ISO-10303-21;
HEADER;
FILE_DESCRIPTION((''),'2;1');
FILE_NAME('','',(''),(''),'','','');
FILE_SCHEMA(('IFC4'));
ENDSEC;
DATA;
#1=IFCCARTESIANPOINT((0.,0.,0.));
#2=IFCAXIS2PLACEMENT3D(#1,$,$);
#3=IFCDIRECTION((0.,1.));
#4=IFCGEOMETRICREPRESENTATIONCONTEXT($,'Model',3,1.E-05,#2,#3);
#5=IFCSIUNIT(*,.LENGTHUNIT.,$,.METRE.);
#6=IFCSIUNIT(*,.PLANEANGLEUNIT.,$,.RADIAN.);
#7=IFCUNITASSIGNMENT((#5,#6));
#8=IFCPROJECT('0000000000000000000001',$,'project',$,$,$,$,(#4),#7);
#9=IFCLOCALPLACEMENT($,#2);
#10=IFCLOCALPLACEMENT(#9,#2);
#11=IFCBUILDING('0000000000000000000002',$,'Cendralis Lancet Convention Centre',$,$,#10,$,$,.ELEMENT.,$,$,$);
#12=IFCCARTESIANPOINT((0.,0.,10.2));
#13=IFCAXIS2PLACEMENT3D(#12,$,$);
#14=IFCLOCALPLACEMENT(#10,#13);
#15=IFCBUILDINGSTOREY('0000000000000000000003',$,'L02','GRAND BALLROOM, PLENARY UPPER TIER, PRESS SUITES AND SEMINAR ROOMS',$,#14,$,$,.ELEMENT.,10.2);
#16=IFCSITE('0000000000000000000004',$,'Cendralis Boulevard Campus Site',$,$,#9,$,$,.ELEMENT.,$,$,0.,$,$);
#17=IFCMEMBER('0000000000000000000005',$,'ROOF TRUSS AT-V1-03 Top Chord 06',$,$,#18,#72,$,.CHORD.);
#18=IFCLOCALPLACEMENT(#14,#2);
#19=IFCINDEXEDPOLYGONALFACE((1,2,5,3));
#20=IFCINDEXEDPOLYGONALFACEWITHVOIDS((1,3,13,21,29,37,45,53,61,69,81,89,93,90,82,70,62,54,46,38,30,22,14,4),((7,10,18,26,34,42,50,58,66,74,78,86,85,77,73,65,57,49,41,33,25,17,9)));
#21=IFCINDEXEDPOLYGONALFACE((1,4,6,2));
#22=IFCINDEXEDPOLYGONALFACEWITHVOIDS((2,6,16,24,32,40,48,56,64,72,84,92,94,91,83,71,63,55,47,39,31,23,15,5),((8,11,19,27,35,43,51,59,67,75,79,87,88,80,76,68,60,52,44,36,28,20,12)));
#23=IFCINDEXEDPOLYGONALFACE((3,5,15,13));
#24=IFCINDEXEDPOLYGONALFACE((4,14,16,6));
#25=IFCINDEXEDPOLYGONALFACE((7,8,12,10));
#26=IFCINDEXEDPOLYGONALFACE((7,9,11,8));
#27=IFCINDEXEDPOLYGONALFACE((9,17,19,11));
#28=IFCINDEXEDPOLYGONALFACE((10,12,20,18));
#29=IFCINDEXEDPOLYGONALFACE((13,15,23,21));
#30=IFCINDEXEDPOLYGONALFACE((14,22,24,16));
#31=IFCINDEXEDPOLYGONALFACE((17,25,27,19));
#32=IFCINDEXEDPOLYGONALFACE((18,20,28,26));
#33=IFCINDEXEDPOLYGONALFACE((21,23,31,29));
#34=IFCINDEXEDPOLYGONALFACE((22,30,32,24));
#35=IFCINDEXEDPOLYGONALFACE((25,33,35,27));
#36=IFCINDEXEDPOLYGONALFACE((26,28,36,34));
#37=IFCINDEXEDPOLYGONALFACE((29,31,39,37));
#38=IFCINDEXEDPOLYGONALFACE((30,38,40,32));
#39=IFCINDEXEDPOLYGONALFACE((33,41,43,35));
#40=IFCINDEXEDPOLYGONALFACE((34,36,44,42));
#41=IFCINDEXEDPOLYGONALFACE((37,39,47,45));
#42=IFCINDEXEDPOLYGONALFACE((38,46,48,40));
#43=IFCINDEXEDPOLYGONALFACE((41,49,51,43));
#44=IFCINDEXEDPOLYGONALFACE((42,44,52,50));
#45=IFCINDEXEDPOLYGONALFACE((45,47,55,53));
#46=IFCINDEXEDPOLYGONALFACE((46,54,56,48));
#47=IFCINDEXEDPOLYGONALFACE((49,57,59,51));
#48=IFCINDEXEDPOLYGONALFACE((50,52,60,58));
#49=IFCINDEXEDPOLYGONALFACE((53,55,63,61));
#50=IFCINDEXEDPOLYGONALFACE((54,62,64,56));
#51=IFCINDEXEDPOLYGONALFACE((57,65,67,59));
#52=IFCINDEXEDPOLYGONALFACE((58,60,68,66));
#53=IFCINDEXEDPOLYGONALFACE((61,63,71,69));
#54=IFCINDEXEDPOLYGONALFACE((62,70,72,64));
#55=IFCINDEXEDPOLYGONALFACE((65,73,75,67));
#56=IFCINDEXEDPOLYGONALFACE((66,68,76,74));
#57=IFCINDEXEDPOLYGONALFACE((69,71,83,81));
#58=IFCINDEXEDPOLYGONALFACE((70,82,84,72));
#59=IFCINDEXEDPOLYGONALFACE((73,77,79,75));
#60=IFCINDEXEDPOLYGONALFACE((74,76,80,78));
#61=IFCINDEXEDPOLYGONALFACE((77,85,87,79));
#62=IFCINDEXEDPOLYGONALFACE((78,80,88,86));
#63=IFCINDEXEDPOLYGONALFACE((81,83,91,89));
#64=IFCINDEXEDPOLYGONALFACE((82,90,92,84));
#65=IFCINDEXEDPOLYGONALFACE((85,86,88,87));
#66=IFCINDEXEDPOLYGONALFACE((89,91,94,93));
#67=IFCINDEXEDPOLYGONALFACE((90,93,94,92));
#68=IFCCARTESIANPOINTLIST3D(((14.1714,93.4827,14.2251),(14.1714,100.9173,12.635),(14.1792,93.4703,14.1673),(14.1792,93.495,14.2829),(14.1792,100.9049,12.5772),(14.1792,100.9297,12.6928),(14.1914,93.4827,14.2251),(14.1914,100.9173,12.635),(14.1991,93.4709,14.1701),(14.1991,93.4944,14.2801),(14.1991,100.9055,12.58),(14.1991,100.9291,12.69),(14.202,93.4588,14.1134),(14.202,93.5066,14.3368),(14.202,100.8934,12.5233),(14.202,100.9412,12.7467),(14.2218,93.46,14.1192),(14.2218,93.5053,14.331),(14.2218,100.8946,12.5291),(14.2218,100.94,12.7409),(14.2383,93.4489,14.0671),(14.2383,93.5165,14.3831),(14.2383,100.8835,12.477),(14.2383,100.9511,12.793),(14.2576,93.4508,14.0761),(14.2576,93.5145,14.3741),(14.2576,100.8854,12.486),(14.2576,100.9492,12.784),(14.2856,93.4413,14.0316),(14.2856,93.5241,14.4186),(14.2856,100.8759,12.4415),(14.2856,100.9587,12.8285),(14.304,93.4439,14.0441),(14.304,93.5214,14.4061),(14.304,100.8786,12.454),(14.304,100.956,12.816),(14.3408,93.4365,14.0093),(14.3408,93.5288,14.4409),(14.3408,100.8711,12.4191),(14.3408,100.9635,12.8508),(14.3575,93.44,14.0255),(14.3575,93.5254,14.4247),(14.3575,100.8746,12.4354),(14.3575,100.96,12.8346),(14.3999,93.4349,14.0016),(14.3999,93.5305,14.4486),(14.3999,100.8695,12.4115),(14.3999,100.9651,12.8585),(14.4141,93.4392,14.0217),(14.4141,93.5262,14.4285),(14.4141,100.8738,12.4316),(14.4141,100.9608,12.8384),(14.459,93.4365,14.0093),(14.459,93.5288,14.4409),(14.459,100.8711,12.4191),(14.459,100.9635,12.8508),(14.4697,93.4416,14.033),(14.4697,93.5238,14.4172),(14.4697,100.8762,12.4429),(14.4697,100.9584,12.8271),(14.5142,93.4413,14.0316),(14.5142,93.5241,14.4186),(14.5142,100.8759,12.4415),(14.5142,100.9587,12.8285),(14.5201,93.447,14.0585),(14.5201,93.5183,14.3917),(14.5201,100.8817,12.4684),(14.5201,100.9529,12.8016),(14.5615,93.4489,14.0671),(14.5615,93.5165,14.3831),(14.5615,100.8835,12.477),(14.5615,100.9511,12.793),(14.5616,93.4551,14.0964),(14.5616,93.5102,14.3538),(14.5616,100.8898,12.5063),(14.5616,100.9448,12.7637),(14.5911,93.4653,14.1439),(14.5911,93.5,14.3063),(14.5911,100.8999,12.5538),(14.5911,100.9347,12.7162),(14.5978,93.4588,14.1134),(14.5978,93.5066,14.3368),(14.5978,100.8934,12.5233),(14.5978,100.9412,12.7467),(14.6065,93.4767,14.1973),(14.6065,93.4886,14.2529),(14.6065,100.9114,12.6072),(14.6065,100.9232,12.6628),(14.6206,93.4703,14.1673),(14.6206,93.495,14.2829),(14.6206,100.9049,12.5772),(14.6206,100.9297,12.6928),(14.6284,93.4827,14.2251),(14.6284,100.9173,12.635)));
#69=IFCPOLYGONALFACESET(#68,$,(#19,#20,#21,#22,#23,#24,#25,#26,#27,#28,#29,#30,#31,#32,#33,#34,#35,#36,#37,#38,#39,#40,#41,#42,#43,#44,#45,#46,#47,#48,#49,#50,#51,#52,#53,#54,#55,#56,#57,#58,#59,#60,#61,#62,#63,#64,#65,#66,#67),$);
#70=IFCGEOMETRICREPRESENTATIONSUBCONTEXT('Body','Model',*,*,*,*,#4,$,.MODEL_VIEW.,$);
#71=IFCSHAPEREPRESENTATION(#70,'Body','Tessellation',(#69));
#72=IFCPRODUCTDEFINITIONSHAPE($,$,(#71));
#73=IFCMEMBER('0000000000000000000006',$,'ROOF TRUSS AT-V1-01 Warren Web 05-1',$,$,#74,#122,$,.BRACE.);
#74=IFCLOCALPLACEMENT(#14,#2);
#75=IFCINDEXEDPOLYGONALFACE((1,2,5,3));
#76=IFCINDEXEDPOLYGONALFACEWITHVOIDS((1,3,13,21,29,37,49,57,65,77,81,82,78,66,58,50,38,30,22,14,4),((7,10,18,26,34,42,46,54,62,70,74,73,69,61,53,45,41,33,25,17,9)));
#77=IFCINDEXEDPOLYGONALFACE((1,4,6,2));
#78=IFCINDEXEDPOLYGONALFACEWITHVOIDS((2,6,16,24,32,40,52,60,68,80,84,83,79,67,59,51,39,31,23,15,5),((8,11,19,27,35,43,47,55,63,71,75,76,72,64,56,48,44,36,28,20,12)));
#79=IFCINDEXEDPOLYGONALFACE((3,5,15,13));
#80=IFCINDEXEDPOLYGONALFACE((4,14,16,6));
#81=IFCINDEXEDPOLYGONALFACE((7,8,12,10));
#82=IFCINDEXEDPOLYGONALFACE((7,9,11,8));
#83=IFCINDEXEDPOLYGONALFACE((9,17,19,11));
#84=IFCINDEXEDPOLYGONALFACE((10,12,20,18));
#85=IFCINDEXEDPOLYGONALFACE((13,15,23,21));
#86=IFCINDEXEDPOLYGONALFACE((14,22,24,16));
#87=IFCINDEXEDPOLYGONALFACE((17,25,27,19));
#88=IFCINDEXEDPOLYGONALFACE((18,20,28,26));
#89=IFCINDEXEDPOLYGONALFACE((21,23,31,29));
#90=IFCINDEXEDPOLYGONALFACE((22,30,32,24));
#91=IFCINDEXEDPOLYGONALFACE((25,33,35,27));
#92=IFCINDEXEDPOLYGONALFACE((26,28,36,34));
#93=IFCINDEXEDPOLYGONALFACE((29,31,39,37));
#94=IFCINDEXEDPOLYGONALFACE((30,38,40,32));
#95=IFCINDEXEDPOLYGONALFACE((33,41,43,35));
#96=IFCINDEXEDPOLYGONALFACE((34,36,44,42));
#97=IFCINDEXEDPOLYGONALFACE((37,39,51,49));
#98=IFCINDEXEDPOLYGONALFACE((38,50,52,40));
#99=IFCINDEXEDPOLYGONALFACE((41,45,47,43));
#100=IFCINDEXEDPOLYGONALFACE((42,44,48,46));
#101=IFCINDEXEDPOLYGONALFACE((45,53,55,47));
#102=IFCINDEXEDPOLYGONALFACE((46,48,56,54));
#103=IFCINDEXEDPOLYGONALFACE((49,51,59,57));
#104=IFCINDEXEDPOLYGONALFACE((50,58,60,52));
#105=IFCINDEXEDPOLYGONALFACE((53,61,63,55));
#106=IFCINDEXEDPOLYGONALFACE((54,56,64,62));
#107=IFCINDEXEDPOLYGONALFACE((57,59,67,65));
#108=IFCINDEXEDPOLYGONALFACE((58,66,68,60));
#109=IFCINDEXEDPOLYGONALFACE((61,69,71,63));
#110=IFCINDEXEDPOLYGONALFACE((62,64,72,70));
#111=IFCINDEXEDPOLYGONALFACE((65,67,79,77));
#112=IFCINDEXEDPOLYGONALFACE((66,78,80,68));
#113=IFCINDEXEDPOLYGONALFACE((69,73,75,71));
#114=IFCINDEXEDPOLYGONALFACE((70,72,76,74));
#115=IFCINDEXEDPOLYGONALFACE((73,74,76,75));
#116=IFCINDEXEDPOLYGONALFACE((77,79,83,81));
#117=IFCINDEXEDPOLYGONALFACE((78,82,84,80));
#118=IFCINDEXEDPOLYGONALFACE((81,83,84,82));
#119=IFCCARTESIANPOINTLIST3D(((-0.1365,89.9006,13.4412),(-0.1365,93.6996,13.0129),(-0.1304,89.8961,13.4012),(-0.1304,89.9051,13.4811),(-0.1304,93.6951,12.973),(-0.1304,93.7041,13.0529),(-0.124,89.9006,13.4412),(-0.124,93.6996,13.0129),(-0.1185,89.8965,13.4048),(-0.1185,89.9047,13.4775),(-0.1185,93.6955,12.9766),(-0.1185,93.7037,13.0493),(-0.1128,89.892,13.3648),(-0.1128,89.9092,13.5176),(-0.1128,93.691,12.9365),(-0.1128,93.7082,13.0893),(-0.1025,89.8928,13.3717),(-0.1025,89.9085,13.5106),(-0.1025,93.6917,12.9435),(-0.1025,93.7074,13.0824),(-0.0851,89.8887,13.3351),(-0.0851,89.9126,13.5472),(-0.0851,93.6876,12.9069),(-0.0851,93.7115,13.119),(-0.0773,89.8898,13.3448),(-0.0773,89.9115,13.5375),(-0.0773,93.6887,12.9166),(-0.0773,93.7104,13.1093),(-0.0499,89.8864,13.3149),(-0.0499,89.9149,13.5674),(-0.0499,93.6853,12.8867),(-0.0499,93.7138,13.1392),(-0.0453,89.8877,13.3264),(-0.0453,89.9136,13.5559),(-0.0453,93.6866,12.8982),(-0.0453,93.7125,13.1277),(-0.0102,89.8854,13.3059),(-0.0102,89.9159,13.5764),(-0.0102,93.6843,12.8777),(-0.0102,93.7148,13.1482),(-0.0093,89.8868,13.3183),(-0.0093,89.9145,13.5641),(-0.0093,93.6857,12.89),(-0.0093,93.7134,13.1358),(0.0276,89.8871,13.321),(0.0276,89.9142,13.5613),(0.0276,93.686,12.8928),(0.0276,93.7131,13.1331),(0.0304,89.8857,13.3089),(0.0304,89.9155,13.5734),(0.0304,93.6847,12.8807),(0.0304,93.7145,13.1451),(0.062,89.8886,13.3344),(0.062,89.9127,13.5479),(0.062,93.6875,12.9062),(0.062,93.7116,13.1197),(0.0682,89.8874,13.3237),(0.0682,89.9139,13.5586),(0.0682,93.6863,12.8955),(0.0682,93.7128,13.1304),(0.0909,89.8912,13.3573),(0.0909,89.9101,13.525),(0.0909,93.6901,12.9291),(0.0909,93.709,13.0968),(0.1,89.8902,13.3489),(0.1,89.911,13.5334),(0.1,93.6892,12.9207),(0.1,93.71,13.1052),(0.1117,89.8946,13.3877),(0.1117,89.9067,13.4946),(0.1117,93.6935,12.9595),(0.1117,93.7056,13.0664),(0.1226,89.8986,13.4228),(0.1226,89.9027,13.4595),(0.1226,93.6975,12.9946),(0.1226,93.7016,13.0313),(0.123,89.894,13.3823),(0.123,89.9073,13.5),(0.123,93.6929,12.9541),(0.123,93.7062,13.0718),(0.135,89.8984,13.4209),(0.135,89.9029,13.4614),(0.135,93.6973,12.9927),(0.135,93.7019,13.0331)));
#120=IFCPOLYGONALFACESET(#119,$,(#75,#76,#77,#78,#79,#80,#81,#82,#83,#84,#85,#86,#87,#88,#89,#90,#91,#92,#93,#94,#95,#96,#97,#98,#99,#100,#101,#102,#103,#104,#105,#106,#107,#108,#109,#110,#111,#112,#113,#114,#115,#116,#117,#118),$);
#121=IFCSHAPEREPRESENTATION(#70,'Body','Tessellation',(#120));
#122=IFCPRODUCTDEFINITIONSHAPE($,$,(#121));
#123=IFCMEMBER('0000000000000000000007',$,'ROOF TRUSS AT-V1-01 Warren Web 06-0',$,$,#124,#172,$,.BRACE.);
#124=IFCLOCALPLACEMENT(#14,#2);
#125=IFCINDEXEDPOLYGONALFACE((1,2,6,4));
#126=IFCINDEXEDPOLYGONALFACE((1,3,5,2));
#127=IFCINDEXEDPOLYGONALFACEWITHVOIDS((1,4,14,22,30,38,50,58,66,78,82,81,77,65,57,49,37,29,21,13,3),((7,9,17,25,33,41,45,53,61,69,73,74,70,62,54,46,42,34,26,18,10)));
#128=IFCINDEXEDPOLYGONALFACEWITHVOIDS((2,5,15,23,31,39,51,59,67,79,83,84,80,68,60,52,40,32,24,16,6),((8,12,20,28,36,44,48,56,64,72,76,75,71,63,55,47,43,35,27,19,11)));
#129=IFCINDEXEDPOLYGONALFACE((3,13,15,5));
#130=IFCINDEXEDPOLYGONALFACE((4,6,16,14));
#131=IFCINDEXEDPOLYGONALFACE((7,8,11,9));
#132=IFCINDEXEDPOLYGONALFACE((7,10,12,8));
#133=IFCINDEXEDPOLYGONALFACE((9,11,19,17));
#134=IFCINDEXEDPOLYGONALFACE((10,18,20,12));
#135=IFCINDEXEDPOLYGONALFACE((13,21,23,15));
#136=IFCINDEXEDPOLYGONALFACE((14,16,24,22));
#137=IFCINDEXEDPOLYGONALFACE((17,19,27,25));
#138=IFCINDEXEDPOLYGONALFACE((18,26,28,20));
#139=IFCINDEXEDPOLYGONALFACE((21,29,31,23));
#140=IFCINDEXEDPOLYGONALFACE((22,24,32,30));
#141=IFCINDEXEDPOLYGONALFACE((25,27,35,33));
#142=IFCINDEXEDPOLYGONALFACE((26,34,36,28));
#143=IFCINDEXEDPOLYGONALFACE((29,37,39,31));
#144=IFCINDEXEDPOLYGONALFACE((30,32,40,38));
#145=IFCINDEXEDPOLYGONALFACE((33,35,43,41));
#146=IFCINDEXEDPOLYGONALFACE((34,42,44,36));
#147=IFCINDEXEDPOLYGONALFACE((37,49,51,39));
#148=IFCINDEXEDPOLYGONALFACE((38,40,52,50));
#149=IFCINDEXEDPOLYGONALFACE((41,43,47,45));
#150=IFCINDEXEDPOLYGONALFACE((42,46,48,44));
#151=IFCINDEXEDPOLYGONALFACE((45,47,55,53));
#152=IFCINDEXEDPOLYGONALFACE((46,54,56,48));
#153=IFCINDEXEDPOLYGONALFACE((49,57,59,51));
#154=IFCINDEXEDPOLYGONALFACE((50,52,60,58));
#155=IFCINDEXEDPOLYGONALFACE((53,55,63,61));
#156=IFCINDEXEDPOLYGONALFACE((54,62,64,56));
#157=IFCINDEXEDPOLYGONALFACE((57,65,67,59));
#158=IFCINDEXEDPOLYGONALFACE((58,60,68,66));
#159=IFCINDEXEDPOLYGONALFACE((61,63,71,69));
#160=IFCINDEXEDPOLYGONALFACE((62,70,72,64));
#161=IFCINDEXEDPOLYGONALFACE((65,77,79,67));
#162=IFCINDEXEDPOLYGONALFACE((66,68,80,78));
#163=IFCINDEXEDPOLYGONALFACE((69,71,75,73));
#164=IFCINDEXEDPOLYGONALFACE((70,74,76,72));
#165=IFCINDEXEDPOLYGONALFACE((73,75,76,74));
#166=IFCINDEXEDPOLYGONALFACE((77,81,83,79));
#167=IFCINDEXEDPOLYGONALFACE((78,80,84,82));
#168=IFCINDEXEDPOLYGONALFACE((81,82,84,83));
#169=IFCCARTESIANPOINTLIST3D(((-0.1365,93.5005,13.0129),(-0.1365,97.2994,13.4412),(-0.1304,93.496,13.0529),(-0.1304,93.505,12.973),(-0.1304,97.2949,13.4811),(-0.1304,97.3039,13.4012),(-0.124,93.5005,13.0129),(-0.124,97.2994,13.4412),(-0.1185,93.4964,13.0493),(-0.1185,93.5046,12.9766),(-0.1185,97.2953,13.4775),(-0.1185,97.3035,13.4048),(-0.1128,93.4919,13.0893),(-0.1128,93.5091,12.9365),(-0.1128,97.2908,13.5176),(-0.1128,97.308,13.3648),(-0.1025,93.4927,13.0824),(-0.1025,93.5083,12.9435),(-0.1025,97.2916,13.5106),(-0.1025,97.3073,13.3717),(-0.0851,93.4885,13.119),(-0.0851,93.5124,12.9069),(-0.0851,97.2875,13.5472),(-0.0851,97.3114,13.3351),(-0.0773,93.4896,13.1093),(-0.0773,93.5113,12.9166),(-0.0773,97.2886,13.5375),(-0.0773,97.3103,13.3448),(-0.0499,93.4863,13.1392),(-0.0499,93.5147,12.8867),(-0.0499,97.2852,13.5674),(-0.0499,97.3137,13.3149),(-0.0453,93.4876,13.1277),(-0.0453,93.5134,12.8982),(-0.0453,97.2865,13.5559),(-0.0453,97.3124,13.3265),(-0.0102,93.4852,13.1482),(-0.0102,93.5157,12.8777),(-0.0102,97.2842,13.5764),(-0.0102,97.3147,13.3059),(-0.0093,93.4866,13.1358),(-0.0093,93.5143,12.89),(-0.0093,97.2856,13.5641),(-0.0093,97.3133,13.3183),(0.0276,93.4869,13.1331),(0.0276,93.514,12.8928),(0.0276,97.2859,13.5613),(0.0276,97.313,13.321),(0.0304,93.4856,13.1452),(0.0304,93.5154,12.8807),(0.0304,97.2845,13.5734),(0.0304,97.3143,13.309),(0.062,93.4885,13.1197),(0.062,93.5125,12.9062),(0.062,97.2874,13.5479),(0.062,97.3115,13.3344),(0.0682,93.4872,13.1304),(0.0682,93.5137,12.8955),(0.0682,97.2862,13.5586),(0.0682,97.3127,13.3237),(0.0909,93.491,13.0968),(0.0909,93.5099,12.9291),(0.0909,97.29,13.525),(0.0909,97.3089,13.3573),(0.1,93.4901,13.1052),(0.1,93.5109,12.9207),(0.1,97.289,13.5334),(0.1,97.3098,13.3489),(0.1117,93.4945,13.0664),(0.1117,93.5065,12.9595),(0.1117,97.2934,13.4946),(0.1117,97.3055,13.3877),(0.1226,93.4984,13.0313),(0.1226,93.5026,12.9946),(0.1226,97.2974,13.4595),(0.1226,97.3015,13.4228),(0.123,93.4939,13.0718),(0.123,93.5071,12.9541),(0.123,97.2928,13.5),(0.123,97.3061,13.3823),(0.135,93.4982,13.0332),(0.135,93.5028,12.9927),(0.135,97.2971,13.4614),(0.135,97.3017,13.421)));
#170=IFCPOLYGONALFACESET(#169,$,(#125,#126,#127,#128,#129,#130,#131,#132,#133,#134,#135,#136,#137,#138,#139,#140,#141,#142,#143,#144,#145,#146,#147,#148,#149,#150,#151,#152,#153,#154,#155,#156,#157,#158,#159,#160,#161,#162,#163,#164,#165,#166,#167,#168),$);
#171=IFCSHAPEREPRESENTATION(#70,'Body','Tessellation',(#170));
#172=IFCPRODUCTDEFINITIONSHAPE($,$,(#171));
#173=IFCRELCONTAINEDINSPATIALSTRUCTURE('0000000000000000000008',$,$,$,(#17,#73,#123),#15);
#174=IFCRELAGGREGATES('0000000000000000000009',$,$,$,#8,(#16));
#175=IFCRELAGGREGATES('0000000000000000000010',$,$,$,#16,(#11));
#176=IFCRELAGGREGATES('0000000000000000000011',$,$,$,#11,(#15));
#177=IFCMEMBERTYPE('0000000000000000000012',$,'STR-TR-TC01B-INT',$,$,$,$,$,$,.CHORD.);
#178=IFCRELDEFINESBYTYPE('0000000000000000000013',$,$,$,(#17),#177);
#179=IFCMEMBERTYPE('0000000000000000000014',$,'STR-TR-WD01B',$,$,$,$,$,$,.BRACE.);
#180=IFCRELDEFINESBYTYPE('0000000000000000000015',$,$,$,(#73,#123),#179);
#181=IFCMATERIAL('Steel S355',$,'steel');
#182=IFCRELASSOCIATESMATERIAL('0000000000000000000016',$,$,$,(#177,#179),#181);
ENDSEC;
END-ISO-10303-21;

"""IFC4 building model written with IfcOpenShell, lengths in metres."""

from ifc_helpers import new_model, si_unit, direction, frame, origin, origin_2d, place, context, subcontext, project, spatial, hollow_circle, extrude, material, material_profile, profile_set, type_object, element, save


model = new_model("IFC4")

# Units and contexts
model_context = context("Model", 3, precision=1e-05, world=origin(), true_north=direction((0.0, 1.0)))
body_context = subcontext(model_context, "Body", "Model", "MODEL_VIEW")
ifc_project = project(units=[si_unit("LENGTHUNIT", "METRE"), si_unit("PLANEANGLEUNIT", "RADIAN")], contexts=[model_context])

# Site, building, storey
site_placement = place(None, origin())
site = spatial("IfcSite", under=ifc_project, at=site_placement, Name="Cendralis Boulevard Campus Site", CompositionType="ELEMENT", RefElevation=0.0)
building_placement = place(site_placement, origin())
building = spatial("IfcBuilding", under=site, at=building_placement, Name="Cendralis Lancet Convention Centre", CompositionType="ELEMENT")
storey_placement = place(building_placement, frame((0.0, 0.0, 10.2)))
storey = spatial("IfcBuildingStorey", under=building, at=storey_placement, Name="L02", Description="GRAND BALLROOM, PLENARY UPPER TIER, PRESS SUITES AND SEMINAR ROOMS", CompositionType="ELEMENT", Elevation=10.2)

# Members
ifc_material = material(Name="Steel S355", Category="steel")
ifc_material_profile_1 = material_profile(ifc_material, hollow_circle(Radius=0.2285, WallThickness=0.02, at=origin_2d()), Name="CHS 457.0x20.0")
ifc_profile_set_1 = profile_set([ifc_material_profile_1], Name="Steel S355")
member_type_1 = type_object("IfcMemberType", Name="STR-TR-TC01B-INT", PredefinedType="CHORD", material=ifc_profile_set_1)
for number, where, z_axis, x_axis, name in (
    (1, (14.3999, 93.4827, 14.2251), (0.0, 0.977884, -0.209147), (-1.0, 0.0, 0.0), "ROOF TRUSS AT-V1-03 Top Chord 06"),
):
    element("IfcMember", number, at=place(storey_placement, frame(where, z_axis=z_axis, x_axis=x_axis)), inside=storey, type_object=member_type_1, Name=name, PredefinedType="CHORD", context=body_context, shape_type="SweptSolid", body=[
        extrude(hollow_circle(Radius=0.2285, WallThickness=0.02, at=origin_2d()), origin(), (0.0, 0.0, 1.0), 7.6028),
    ])
ifc_material_profile_2 = material_profile(ifc_material, hollow_circle(Radius=0.1365, WallThickness=0.0125, at=origin_2d()), Name="CHS 273.0x12.5")
ifc_profile_set_2 = profile_set([ifc_material_profile_2], Name="Steel S355")
member_type_2 = type_object("IfcMemberType", Name="STR-TR-WD01B", PredefinedType="BRACE", material=ifc_profile_set_2)
for number, where, z_axis, x_axis, name in (
    (2, (0.0, 89.9006, 13.4412), (0.0, 0.993706, -0.112015), (-1.0, 0.0, 0.0), "ROOF TRUSS AT-V1-01 Warren Web 05-1"),
    (3, (0.0, 93.5005, 13.0129), (0.0, 0.993706, 0.112015), (-1.0, 0.0, 0.0), "ROOF TRUSS AT-V1-01 Warren Web 06-0"),
):
    element("IfcMember", number, at=place(storey_placement, frame(where, z_axis=z_axis, x_axis=x_axis)), inside=storey, type_object=member_type_2, Name=name, PredefinedType="BRACE", context=body_context, shape_type="SweptSolid", body=[
        extrude(hollow_circle(Radius=0.1365, WallThickness=0.0125, at=origin_2d()), origin(), (0.0, 0.0, 1.0), 3.823),
    ])

save(model, "model.ifc")
